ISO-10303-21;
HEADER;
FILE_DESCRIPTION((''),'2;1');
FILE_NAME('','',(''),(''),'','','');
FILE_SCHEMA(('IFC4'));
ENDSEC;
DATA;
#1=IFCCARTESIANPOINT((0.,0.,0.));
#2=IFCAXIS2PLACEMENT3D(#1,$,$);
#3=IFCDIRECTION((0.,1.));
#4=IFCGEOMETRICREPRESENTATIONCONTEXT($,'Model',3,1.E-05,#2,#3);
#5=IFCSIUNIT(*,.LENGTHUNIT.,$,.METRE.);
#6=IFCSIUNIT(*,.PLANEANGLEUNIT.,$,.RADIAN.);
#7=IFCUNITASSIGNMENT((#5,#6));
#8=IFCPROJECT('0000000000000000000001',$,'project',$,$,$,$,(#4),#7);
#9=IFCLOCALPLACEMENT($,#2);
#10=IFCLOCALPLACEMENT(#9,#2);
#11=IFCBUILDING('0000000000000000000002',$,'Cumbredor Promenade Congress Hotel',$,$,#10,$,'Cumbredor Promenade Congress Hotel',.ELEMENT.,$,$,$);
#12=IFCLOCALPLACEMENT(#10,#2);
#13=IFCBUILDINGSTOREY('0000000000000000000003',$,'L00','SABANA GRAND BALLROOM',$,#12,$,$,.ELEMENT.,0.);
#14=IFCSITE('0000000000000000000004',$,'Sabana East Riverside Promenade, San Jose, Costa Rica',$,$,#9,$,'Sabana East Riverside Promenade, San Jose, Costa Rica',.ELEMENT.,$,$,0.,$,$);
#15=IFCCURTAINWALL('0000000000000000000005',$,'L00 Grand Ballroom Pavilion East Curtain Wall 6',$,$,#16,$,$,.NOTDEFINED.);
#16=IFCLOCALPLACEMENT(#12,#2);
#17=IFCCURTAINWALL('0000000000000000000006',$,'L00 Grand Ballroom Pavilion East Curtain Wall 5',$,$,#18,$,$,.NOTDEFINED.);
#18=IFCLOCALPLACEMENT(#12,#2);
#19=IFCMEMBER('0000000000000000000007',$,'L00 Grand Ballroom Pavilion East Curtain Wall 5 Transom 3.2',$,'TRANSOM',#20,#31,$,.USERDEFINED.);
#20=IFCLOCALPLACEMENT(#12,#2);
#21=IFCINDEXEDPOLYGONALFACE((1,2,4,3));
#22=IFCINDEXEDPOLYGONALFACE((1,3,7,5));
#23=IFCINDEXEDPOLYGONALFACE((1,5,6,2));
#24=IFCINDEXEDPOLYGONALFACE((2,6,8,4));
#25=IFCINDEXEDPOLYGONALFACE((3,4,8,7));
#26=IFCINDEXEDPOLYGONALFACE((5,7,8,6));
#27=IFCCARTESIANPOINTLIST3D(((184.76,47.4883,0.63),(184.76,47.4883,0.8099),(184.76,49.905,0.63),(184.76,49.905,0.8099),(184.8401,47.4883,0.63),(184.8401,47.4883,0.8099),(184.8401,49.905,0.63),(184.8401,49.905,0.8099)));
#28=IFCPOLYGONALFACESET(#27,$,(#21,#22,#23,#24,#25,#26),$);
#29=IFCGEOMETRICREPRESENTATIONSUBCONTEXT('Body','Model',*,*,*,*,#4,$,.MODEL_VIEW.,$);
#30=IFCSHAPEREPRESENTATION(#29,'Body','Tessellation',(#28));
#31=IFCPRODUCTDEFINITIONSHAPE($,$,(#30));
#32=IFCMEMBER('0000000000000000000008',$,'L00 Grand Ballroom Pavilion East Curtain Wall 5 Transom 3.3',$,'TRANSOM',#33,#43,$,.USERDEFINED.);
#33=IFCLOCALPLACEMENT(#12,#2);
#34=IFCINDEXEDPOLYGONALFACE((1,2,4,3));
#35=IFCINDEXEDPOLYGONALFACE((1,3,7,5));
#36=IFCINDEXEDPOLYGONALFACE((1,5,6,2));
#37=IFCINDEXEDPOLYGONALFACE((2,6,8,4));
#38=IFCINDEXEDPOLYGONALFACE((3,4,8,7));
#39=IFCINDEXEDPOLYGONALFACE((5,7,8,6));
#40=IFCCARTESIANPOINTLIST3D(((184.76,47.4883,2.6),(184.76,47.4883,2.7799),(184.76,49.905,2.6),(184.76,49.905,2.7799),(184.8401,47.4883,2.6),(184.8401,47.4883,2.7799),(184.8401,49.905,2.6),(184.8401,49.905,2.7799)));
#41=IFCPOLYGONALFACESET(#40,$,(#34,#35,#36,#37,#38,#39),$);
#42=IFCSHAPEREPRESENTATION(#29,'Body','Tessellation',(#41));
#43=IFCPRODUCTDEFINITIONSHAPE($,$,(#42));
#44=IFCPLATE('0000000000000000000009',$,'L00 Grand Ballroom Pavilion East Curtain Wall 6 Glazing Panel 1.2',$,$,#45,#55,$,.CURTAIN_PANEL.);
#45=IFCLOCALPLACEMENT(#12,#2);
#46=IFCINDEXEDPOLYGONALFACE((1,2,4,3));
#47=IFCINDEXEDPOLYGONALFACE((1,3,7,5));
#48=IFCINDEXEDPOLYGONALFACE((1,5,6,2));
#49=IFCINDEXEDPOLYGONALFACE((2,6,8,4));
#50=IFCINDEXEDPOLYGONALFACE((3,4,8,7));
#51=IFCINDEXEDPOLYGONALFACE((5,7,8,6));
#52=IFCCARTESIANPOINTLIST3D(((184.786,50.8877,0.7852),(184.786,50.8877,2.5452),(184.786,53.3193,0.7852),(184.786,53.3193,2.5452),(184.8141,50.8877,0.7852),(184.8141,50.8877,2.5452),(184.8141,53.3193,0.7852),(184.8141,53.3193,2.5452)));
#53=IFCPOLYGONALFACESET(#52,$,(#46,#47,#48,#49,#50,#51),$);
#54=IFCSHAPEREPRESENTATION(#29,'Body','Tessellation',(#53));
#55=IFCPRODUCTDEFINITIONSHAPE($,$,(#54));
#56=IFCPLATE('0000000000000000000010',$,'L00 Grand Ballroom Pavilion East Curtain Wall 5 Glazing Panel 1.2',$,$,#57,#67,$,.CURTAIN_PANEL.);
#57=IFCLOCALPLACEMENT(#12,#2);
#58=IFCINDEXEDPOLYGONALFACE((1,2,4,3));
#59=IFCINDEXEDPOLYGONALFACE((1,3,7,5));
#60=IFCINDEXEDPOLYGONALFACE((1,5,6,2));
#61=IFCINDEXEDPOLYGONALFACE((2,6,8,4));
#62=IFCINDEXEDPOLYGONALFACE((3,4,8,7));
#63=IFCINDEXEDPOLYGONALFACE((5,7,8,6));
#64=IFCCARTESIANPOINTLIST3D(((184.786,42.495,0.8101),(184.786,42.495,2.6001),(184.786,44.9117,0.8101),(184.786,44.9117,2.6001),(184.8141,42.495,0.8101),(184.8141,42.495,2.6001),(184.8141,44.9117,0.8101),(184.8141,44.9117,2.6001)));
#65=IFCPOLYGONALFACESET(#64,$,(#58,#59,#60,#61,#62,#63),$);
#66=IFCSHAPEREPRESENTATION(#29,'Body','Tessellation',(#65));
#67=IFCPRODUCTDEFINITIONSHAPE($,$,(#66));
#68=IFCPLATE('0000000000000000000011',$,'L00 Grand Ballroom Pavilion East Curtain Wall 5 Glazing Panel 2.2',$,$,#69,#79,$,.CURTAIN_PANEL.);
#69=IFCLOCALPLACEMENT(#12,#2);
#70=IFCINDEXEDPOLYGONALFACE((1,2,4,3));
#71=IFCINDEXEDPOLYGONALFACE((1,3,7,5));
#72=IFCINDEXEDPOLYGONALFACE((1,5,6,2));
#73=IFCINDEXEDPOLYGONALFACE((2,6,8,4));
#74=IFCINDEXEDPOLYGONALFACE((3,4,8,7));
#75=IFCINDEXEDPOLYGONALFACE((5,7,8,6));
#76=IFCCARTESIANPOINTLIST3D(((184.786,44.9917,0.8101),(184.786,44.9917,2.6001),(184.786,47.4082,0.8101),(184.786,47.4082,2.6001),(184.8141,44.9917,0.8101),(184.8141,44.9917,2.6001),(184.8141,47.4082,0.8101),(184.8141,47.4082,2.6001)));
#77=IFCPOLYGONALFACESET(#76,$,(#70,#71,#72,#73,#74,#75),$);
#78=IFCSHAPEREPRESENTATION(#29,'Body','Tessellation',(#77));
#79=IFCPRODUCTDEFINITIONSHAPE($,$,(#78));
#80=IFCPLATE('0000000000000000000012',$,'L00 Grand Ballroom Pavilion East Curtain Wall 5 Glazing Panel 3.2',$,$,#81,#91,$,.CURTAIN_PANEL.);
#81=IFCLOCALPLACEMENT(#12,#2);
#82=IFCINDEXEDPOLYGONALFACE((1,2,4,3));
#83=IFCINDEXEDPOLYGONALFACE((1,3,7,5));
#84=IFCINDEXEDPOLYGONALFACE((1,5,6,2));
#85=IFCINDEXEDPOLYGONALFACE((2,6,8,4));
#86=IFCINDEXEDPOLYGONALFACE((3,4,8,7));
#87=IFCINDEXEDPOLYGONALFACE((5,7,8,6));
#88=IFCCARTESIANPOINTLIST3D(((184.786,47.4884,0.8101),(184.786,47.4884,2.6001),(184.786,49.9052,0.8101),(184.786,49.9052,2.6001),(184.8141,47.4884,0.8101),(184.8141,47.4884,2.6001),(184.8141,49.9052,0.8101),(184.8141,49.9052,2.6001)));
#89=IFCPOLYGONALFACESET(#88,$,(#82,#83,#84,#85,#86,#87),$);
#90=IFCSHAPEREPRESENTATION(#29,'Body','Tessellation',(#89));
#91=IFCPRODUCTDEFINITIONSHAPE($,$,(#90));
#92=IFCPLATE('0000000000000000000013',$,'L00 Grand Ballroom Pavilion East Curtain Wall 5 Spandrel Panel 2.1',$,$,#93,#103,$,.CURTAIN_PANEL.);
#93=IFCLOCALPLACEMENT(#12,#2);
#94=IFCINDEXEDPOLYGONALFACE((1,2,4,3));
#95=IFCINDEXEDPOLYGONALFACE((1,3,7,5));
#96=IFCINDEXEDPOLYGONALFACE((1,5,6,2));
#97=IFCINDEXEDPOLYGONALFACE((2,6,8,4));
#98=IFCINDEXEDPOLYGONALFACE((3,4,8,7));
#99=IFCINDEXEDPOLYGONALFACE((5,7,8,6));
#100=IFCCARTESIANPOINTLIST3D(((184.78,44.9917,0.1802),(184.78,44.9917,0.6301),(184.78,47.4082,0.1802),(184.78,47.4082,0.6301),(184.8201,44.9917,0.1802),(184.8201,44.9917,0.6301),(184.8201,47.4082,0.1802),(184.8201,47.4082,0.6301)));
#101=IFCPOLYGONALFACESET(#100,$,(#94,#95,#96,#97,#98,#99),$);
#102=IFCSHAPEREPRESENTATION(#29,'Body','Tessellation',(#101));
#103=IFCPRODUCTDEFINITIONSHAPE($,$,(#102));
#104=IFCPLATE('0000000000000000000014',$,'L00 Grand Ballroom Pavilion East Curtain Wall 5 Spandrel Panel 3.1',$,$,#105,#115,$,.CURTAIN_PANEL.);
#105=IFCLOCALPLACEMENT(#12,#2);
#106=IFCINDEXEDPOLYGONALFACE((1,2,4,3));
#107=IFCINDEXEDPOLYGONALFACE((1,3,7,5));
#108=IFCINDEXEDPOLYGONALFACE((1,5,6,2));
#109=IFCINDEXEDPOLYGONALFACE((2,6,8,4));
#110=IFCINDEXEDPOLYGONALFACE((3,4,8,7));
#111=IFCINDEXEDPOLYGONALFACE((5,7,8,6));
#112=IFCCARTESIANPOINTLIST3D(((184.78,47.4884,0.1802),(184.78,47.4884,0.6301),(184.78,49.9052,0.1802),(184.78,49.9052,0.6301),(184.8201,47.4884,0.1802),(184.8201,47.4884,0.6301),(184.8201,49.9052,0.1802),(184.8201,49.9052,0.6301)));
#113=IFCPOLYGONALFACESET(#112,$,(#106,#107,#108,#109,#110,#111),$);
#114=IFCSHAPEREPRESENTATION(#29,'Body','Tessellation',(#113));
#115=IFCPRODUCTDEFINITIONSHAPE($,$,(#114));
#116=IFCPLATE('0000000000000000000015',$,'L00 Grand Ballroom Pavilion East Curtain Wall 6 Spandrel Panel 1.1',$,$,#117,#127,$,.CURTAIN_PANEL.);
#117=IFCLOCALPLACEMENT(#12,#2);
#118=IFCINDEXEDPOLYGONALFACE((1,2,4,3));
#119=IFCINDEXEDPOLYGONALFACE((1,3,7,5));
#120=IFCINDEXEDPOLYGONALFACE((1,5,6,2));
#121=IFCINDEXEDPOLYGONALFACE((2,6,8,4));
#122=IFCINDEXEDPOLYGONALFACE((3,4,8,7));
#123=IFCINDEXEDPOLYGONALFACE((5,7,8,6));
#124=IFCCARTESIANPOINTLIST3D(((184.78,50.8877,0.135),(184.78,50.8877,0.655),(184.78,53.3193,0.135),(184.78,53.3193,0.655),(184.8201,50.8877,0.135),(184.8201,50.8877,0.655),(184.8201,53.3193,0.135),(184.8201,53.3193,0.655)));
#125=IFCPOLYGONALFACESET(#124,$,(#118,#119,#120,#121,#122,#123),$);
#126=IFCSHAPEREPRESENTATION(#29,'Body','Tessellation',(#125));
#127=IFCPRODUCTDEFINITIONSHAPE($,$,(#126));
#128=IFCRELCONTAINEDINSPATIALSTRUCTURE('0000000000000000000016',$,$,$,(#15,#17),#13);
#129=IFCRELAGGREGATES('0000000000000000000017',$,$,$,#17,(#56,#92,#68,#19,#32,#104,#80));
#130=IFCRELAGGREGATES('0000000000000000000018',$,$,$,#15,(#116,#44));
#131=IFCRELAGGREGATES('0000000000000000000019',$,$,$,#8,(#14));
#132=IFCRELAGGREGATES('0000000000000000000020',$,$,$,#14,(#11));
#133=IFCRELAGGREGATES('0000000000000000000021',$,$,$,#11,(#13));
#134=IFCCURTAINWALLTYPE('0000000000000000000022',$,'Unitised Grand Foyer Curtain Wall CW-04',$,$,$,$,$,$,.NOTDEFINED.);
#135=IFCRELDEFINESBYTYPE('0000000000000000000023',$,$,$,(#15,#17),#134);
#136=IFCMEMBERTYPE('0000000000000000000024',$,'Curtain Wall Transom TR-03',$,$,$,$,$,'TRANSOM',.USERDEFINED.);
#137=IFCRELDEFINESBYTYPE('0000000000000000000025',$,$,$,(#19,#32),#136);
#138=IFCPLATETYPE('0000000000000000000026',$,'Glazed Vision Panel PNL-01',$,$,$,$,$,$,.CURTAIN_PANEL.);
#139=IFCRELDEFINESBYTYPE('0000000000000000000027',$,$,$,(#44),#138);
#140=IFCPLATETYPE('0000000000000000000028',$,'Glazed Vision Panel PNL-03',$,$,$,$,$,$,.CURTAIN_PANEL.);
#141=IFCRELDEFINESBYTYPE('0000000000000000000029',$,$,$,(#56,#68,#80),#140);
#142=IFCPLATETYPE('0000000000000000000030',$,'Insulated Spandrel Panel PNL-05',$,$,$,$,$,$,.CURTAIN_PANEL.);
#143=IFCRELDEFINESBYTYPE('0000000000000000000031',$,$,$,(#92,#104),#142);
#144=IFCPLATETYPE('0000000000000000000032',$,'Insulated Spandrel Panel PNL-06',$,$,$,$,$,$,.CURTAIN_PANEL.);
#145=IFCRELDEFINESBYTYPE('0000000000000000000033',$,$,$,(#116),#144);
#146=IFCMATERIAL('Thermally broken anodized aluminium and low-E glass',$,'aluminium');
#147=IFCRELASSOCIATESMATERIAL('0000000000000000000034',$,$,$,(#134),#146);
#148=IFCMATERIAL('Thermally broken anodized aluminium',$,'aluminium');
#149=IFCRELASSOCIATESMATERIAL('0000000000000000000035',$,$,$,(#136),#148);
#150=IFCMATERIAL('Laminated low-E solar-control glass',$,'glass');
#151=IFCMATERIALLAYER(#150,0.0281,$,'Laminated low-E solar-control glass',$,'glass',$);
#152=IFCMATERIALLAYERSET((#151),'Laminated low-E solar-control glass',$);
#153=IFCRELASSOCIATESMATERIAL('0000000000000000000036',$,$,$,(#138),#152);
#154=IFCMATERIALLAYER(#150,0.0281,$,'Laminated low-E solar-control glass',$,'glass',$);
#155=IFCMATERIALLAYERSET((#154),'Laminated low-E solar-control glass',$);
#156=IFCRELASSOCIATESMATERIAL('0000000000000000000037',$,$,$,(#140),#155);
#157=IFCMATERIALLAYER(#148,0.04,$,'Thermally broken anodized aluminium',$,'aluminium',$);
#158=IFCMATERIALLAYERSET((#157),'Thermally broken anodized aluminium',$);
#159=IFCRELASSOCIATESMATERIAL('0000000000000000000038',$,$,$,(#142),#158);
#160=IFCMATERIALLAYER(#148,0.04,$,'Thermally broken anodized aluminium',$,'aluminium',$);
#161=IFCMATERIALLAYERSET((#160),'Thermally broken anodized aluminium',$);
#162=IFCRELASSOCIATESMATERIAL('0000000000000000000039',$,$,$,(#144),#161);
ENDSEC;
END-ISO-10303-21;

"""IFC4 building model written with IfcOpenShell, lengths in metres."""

from ifc_helpers import new_model, si_unit, direction, frame, origin, origin_2d, place, context, subcontext, project, spatial, rectangle, extrude, material, layer, layer_set, material_profile, profile_set, type_object, element, aggregate, save


model = new_model("IFC4")

# Units and contexts
model_context = context("Model", 3, precision=1e-05, world=origin(), true_north=direction((0.0, 1.0)))
body_context = subcontext(model_context, "Body", "Model", "MODEL_VIEW")
ifc_project = project(units=[si_unit("LENGTHUNIT", "METRE"), si_unit("PLANEANGLEUNIT", "RADIAN")], contexts=[model_context])

# Site, building, storey
site_placement = place(None, origin())
site = spatial("IfcSite", under=ifc_project, at=site_placement, Name="Sabana East Riverside Promenade, San Jose, Costa Rica", LongName="Sabana East Riverside Promenade, San Jose, Costa Rica", CompositionType="ELEMENT", RefElevation=0.0)
building_placement = place(site_placement, origin())
building = spatial("IfcBuilding", under=site, at=building_placement, Name="Cumbredor Promenade Congress Hotel", LongName="Cumbredor Promenade Congress Hotel", CompositionType="ELEMENT")
storey_placement = place(building_placement, origin())
storey = spatial("IfcBuildingStorey", under=building, at=storey_placement, Name="L00", Description="SABANA GRAND BALLROOM", CompositionType="ELEMENT", Elevation=0.0)

# Curtain walls
ifc_material_1 = material(Name="Thermally broken anodized aluminium and low-E glass", Category="aluminium")
curtain_wall_type = type_object("IfcCurtainWallType", Name="Unitised Grand Foyer Curtain Wall CW-04", PredefinedType="NOTDEFINED", material=ifc_material_1)
curtain_wall_1_placement = place(storey_placement, origin())
curtain_wall_1 = element("IfcCurtainWall", 1, at=curtain_wall_1_placement, inside=storey, type_object=curtain_wall_type, Name="L00 Grand Ballroom Pavilion East Curtain Wall 6", PredefinedType="NOTDEFINED")
ifc_material_2 = material(Name="Thermally broken anodized aluminium", Category="aluminium")
curtain_wall_2_placement = place(storey_placement, origin())
curtain_wall_2 = element("IfcCurtainWall", 2, at=curtain_wall_2_placement, inside=storey, type_object=curtain_wall_type, Name="L00 Grand Ballroom Pavilion East Curtain Wall 5", PredefinedType="NOTDEFINED")

# Members
ifc_material_profile_1 = material_profile(ifc_material_2, rectangle(XDim=0.0801, YDim=0.1799, at=origin_2d()), Name="ALU TRANSOM 80x180")
ifc_profile_set_1 = profile_set([ifc_material_profile_1], Name="Thermally broken anodized aluminium")
member_type_1 = type_object("IfcMemberType", Name="Curtain Wall Transom TR-03", ElementType="TRANSOM", PredefinedType="USERDEFINED", material=ifc_profile_set_1)
member_1_placement = place(storey_placement, frame((184.8, 47.4883, 0.72), z_axis=(0.0, 1.0, 0.0), x_axis=(-1.0, 0.0, 0.0)))
member_1 = element("IfcMember", 3, at=member_1_placement, type_object=member_type_1, Name="L00 Grand Ballroom Pavilion East Curtain Wall 5 Transom 3.2", ObjectType="TRANSOM", PredefinedType="USERDEFINED", context=body_context, shape_type="SweptSolid", body=[
    extrude(rectangle(XDim=0.0801, YDim=0.1799, at=origin_2d()), origin(), (0.0, 0.0, 1.0), 2.4167),
])
member_2_placement = place(storey_placement, frame((184.8, 47.4883, 2.6899), z_axis=(0.0, 1.0, 0.0), x_axis=(-1.0, 0.0, 0.0)))
member_2 = element("IfcMember", 4, at=member_2_placement, type_object=member_type_1, Name="L00 Grand Ballroom Pavilion East Curtain Wall 5 Transom 3.3", ObjectType="TRANSOM", PredefinedType="USERDEFINED", context=body_context, shape_type="SweptSolid", body=[
    extrude(rectangle(XDim=0.0801, YDim=0.1799, at=origin_2d()), origin(), (0.0, 0.0, 1.0), 2.4167),
])

# Plates
ifc_material_3 = material(Name="Laminated low-E solar-control glass", Category="glass")
ifc_layer_1 = layer(ifc_material_3, 0.0281, Name="Laminated low-E solar-control glass", Category="glass")
ifc_layer_set_1 = layer_set([ifc_layer_1], Name="Laminated low-E solar-control glass")
plate_type_1 = type_object("IfcPlateType", Name="Glazed Vision Panel PNL-01", PredefinedType="CURTAIN_PANEL", material=ifc_layer_set_1)
plate_1_placement = place(storey_placement, frame((184.8, 52.1035, 0.7852), z_axis=(0.0, 0.0, 1.0), x_axis=(0.0, 1.0, 0.0)))
plate_1 = element("IfcPlate", 5, at=plate_1_placement, type_object=plate_type_1, Name="L00 Grand Ballroom Pavilion East Curtain Wall 6 Glazing Panel 1.2", PredefinedType="CURTAIN_PANEL", context=body_context, shape_type="SweptSolid", body=[
    extrude(rectangle(XDim=2.4316, YDim=0.0281, at=origin_2d()), origin(), (0.0, 0.0, 1.0), 1.76),
])
ifc_layer_2 = layer(ifc_material_3, 0.0281, Name="Laminated low-E solar-control glass", Category="glass")
ifc_layer_set_2 = layer_set([ifc_layer_2], Name="Laminated low-E solar-control glass")
plate_type_2 = type_object("IfcPlateType", Name="Glazed Vision Panel PNL-03", PredefinedType="CURTAIN_PANEL", material=ifc_layer_set_2)
plate_2_placement = place(storey_placement, frame((184.8, 43.7034, 0.8101), z_axis=(0.0, 0.0, 1.0), x_axis=(0.0, 1.0, 0.0)))
plate_2 = element("IfcPlate", 6, at=plate_2_placement, type_object=plate_type_2, Name="L00 Grand Ballroom Pavilion East Curtain Wall 5 Glazing Panel 1.2", PredefinedType="CURTAIN_PANEL", context=body_context, shape_type="SweptSolid", body=[
    extrude(rectangle(XDim=2.4167, YDim=0.0281, at=origin_2d()), origin(), (0.0, 0.0, 1.0), 1.79),
])
plate_3_placement = place(storey_placement, frame((184.8, 46.2, 0.8101), z_axis=(0.0, 0.0, 1.0), x_axis=(0.0, 1.0, 0.0)))
plate_3 = element("IfcPlate", 7, at=plate_3_placement, type_object=plate_type_2, Name="L00 Grand Ballroom Pavilion East Curtain Wall 5 Glazing Panel 2.2", PredefinedType="CURTAIN_PANEL", context=body_context, shape_type="SweptSolid", body=[
    extrude(rectangle(XDim=2.4165, YDim=0.0281, at=origin_2d()), origin(), (0.0, 0.0, 1.0), 1.79),
])
plate_4_placement = place(storey_placement, frame((184.8, 48.6968, 0.8101), z_axis=(0.0, 0.0, 1.0), x_axis=(0.0, 1.0, 0.0)))
plate_4 = element("IfcPlate", 8, at=plate_4_placement, type_object=plate_type_2, Name="L00 Grand Ballroom Pavilion East Curtain Wall 5 Glazing Panel 3.2", PredefinedType="CURTAIN_PANEL", context=body_context, shape_type="SweptSolid", body=[
    extrude(rectangle(XDim=2.4167, YDim=0.0281, at=origin_2d()), origin(), (0.0, 0.0, 1.0), 1.79),
])
ifc_layer_3 = layer(ifc_material_2, 0.04, Name="Thermally broken anodized aluminium", Category="aluminium")
ifc_layer_set_3 = layer_set([ifc_layer_3], Name="Thermally broken anodized aluminium")
plate_type_3 = type_object("IfcPlateType", Name="Insulated Spandrel Panel PNL-05", PredefinedType="CURTAIN_PANEL", material=ifc_layer_set_3)
plate_5_placement = place(storey_placement, frame((184.8, 46.2, 0.1802), z_axis=(0.0, 0.0, 1.0), x_axis=(0.0, 1.0, 0.0)))
plate_5 = element("IfcPlate", 9, at=plate_5_placement, type_object=plate_type_3, Name="L00 Grand Ballroom Pavilion East Curtain Wall 5 Spandrel Panel 2.1", PredefinedType="CURTAIN_PANEL", context=body_context, shape_type="SweptSolid", body=[
    extrude(rectangle(XDim=2.4165, YDim=0.04, at=origin_2d()), origin(), (0.0, 0.0, 1.0), 0.45),
])
plate_6_placement = place(storey_placement, frame((184.8, 48.6968, 0.1802), z_axis=(0.0, 0.0, 1.0), x_axis=(0.0, 1.0, 0.0)))
plate_6 = element("IfcPlate", 10, at=plate_6_placement, type_object=plate_type_3, Name="L00 Grand Ballroom Pavilion East Curtain Wall 5 Spandrel Panel 3.1", PredefinedType="CURTAIN_PANEL", context=body_context, shape_type="SweptSolid", body=[
    extrude(rectangle(XDim=2.4167, YDim=0.04, at=origin_2d()), origin(), (0.0, 0.0, 1.0), 0.45),
])
aggregate(curtain_wall_2, [plate_2, plate_5, plate_3, member_1, member_2, plate_6, plate_4])
ifc_layer_4 = layer(ifc_material_2, 0.04, Name="Thermally broken anodized aluminium", Category="aluminium")
ifc_layer_set_4 = layer_set([ifc_layer_4], Name="Thermally broken anodized aluminium")
plate_type_4 = type_object("IfcPlateType", Name="Insulated Spandrel Panel PNL-06", PredefinedType="CURTAIN_PANEL", material=ifc_layer_set_4)
plate_7_placement = place(storey_placement, frame((184.8, 52.1035, 0.135), z_axis=(0.0, 0.0, 1.0), x_axis=(0.0, 1.0, 0.0)))
plate_7 = element("IfcPlate", 11, at=plate_7_placement, type_object=plate_type_4, Name="L00 Grand Ballroom Pavilion East Curtain Wall 6 Spandrel Panel 1.1", PredefinedType="CURTAIN_PANEL", context=body_context, shape_type="SweptSolid", body=[
    extrude(rectangle(XDim=2.4316, YDim=0.04, at=origin_2d()), origin(), (0.0, 0.0, 1.0), 0.52),
])
aggregate(curtain_wall_1, [plate_7, plate_1])

save(model, "model.ifc")
